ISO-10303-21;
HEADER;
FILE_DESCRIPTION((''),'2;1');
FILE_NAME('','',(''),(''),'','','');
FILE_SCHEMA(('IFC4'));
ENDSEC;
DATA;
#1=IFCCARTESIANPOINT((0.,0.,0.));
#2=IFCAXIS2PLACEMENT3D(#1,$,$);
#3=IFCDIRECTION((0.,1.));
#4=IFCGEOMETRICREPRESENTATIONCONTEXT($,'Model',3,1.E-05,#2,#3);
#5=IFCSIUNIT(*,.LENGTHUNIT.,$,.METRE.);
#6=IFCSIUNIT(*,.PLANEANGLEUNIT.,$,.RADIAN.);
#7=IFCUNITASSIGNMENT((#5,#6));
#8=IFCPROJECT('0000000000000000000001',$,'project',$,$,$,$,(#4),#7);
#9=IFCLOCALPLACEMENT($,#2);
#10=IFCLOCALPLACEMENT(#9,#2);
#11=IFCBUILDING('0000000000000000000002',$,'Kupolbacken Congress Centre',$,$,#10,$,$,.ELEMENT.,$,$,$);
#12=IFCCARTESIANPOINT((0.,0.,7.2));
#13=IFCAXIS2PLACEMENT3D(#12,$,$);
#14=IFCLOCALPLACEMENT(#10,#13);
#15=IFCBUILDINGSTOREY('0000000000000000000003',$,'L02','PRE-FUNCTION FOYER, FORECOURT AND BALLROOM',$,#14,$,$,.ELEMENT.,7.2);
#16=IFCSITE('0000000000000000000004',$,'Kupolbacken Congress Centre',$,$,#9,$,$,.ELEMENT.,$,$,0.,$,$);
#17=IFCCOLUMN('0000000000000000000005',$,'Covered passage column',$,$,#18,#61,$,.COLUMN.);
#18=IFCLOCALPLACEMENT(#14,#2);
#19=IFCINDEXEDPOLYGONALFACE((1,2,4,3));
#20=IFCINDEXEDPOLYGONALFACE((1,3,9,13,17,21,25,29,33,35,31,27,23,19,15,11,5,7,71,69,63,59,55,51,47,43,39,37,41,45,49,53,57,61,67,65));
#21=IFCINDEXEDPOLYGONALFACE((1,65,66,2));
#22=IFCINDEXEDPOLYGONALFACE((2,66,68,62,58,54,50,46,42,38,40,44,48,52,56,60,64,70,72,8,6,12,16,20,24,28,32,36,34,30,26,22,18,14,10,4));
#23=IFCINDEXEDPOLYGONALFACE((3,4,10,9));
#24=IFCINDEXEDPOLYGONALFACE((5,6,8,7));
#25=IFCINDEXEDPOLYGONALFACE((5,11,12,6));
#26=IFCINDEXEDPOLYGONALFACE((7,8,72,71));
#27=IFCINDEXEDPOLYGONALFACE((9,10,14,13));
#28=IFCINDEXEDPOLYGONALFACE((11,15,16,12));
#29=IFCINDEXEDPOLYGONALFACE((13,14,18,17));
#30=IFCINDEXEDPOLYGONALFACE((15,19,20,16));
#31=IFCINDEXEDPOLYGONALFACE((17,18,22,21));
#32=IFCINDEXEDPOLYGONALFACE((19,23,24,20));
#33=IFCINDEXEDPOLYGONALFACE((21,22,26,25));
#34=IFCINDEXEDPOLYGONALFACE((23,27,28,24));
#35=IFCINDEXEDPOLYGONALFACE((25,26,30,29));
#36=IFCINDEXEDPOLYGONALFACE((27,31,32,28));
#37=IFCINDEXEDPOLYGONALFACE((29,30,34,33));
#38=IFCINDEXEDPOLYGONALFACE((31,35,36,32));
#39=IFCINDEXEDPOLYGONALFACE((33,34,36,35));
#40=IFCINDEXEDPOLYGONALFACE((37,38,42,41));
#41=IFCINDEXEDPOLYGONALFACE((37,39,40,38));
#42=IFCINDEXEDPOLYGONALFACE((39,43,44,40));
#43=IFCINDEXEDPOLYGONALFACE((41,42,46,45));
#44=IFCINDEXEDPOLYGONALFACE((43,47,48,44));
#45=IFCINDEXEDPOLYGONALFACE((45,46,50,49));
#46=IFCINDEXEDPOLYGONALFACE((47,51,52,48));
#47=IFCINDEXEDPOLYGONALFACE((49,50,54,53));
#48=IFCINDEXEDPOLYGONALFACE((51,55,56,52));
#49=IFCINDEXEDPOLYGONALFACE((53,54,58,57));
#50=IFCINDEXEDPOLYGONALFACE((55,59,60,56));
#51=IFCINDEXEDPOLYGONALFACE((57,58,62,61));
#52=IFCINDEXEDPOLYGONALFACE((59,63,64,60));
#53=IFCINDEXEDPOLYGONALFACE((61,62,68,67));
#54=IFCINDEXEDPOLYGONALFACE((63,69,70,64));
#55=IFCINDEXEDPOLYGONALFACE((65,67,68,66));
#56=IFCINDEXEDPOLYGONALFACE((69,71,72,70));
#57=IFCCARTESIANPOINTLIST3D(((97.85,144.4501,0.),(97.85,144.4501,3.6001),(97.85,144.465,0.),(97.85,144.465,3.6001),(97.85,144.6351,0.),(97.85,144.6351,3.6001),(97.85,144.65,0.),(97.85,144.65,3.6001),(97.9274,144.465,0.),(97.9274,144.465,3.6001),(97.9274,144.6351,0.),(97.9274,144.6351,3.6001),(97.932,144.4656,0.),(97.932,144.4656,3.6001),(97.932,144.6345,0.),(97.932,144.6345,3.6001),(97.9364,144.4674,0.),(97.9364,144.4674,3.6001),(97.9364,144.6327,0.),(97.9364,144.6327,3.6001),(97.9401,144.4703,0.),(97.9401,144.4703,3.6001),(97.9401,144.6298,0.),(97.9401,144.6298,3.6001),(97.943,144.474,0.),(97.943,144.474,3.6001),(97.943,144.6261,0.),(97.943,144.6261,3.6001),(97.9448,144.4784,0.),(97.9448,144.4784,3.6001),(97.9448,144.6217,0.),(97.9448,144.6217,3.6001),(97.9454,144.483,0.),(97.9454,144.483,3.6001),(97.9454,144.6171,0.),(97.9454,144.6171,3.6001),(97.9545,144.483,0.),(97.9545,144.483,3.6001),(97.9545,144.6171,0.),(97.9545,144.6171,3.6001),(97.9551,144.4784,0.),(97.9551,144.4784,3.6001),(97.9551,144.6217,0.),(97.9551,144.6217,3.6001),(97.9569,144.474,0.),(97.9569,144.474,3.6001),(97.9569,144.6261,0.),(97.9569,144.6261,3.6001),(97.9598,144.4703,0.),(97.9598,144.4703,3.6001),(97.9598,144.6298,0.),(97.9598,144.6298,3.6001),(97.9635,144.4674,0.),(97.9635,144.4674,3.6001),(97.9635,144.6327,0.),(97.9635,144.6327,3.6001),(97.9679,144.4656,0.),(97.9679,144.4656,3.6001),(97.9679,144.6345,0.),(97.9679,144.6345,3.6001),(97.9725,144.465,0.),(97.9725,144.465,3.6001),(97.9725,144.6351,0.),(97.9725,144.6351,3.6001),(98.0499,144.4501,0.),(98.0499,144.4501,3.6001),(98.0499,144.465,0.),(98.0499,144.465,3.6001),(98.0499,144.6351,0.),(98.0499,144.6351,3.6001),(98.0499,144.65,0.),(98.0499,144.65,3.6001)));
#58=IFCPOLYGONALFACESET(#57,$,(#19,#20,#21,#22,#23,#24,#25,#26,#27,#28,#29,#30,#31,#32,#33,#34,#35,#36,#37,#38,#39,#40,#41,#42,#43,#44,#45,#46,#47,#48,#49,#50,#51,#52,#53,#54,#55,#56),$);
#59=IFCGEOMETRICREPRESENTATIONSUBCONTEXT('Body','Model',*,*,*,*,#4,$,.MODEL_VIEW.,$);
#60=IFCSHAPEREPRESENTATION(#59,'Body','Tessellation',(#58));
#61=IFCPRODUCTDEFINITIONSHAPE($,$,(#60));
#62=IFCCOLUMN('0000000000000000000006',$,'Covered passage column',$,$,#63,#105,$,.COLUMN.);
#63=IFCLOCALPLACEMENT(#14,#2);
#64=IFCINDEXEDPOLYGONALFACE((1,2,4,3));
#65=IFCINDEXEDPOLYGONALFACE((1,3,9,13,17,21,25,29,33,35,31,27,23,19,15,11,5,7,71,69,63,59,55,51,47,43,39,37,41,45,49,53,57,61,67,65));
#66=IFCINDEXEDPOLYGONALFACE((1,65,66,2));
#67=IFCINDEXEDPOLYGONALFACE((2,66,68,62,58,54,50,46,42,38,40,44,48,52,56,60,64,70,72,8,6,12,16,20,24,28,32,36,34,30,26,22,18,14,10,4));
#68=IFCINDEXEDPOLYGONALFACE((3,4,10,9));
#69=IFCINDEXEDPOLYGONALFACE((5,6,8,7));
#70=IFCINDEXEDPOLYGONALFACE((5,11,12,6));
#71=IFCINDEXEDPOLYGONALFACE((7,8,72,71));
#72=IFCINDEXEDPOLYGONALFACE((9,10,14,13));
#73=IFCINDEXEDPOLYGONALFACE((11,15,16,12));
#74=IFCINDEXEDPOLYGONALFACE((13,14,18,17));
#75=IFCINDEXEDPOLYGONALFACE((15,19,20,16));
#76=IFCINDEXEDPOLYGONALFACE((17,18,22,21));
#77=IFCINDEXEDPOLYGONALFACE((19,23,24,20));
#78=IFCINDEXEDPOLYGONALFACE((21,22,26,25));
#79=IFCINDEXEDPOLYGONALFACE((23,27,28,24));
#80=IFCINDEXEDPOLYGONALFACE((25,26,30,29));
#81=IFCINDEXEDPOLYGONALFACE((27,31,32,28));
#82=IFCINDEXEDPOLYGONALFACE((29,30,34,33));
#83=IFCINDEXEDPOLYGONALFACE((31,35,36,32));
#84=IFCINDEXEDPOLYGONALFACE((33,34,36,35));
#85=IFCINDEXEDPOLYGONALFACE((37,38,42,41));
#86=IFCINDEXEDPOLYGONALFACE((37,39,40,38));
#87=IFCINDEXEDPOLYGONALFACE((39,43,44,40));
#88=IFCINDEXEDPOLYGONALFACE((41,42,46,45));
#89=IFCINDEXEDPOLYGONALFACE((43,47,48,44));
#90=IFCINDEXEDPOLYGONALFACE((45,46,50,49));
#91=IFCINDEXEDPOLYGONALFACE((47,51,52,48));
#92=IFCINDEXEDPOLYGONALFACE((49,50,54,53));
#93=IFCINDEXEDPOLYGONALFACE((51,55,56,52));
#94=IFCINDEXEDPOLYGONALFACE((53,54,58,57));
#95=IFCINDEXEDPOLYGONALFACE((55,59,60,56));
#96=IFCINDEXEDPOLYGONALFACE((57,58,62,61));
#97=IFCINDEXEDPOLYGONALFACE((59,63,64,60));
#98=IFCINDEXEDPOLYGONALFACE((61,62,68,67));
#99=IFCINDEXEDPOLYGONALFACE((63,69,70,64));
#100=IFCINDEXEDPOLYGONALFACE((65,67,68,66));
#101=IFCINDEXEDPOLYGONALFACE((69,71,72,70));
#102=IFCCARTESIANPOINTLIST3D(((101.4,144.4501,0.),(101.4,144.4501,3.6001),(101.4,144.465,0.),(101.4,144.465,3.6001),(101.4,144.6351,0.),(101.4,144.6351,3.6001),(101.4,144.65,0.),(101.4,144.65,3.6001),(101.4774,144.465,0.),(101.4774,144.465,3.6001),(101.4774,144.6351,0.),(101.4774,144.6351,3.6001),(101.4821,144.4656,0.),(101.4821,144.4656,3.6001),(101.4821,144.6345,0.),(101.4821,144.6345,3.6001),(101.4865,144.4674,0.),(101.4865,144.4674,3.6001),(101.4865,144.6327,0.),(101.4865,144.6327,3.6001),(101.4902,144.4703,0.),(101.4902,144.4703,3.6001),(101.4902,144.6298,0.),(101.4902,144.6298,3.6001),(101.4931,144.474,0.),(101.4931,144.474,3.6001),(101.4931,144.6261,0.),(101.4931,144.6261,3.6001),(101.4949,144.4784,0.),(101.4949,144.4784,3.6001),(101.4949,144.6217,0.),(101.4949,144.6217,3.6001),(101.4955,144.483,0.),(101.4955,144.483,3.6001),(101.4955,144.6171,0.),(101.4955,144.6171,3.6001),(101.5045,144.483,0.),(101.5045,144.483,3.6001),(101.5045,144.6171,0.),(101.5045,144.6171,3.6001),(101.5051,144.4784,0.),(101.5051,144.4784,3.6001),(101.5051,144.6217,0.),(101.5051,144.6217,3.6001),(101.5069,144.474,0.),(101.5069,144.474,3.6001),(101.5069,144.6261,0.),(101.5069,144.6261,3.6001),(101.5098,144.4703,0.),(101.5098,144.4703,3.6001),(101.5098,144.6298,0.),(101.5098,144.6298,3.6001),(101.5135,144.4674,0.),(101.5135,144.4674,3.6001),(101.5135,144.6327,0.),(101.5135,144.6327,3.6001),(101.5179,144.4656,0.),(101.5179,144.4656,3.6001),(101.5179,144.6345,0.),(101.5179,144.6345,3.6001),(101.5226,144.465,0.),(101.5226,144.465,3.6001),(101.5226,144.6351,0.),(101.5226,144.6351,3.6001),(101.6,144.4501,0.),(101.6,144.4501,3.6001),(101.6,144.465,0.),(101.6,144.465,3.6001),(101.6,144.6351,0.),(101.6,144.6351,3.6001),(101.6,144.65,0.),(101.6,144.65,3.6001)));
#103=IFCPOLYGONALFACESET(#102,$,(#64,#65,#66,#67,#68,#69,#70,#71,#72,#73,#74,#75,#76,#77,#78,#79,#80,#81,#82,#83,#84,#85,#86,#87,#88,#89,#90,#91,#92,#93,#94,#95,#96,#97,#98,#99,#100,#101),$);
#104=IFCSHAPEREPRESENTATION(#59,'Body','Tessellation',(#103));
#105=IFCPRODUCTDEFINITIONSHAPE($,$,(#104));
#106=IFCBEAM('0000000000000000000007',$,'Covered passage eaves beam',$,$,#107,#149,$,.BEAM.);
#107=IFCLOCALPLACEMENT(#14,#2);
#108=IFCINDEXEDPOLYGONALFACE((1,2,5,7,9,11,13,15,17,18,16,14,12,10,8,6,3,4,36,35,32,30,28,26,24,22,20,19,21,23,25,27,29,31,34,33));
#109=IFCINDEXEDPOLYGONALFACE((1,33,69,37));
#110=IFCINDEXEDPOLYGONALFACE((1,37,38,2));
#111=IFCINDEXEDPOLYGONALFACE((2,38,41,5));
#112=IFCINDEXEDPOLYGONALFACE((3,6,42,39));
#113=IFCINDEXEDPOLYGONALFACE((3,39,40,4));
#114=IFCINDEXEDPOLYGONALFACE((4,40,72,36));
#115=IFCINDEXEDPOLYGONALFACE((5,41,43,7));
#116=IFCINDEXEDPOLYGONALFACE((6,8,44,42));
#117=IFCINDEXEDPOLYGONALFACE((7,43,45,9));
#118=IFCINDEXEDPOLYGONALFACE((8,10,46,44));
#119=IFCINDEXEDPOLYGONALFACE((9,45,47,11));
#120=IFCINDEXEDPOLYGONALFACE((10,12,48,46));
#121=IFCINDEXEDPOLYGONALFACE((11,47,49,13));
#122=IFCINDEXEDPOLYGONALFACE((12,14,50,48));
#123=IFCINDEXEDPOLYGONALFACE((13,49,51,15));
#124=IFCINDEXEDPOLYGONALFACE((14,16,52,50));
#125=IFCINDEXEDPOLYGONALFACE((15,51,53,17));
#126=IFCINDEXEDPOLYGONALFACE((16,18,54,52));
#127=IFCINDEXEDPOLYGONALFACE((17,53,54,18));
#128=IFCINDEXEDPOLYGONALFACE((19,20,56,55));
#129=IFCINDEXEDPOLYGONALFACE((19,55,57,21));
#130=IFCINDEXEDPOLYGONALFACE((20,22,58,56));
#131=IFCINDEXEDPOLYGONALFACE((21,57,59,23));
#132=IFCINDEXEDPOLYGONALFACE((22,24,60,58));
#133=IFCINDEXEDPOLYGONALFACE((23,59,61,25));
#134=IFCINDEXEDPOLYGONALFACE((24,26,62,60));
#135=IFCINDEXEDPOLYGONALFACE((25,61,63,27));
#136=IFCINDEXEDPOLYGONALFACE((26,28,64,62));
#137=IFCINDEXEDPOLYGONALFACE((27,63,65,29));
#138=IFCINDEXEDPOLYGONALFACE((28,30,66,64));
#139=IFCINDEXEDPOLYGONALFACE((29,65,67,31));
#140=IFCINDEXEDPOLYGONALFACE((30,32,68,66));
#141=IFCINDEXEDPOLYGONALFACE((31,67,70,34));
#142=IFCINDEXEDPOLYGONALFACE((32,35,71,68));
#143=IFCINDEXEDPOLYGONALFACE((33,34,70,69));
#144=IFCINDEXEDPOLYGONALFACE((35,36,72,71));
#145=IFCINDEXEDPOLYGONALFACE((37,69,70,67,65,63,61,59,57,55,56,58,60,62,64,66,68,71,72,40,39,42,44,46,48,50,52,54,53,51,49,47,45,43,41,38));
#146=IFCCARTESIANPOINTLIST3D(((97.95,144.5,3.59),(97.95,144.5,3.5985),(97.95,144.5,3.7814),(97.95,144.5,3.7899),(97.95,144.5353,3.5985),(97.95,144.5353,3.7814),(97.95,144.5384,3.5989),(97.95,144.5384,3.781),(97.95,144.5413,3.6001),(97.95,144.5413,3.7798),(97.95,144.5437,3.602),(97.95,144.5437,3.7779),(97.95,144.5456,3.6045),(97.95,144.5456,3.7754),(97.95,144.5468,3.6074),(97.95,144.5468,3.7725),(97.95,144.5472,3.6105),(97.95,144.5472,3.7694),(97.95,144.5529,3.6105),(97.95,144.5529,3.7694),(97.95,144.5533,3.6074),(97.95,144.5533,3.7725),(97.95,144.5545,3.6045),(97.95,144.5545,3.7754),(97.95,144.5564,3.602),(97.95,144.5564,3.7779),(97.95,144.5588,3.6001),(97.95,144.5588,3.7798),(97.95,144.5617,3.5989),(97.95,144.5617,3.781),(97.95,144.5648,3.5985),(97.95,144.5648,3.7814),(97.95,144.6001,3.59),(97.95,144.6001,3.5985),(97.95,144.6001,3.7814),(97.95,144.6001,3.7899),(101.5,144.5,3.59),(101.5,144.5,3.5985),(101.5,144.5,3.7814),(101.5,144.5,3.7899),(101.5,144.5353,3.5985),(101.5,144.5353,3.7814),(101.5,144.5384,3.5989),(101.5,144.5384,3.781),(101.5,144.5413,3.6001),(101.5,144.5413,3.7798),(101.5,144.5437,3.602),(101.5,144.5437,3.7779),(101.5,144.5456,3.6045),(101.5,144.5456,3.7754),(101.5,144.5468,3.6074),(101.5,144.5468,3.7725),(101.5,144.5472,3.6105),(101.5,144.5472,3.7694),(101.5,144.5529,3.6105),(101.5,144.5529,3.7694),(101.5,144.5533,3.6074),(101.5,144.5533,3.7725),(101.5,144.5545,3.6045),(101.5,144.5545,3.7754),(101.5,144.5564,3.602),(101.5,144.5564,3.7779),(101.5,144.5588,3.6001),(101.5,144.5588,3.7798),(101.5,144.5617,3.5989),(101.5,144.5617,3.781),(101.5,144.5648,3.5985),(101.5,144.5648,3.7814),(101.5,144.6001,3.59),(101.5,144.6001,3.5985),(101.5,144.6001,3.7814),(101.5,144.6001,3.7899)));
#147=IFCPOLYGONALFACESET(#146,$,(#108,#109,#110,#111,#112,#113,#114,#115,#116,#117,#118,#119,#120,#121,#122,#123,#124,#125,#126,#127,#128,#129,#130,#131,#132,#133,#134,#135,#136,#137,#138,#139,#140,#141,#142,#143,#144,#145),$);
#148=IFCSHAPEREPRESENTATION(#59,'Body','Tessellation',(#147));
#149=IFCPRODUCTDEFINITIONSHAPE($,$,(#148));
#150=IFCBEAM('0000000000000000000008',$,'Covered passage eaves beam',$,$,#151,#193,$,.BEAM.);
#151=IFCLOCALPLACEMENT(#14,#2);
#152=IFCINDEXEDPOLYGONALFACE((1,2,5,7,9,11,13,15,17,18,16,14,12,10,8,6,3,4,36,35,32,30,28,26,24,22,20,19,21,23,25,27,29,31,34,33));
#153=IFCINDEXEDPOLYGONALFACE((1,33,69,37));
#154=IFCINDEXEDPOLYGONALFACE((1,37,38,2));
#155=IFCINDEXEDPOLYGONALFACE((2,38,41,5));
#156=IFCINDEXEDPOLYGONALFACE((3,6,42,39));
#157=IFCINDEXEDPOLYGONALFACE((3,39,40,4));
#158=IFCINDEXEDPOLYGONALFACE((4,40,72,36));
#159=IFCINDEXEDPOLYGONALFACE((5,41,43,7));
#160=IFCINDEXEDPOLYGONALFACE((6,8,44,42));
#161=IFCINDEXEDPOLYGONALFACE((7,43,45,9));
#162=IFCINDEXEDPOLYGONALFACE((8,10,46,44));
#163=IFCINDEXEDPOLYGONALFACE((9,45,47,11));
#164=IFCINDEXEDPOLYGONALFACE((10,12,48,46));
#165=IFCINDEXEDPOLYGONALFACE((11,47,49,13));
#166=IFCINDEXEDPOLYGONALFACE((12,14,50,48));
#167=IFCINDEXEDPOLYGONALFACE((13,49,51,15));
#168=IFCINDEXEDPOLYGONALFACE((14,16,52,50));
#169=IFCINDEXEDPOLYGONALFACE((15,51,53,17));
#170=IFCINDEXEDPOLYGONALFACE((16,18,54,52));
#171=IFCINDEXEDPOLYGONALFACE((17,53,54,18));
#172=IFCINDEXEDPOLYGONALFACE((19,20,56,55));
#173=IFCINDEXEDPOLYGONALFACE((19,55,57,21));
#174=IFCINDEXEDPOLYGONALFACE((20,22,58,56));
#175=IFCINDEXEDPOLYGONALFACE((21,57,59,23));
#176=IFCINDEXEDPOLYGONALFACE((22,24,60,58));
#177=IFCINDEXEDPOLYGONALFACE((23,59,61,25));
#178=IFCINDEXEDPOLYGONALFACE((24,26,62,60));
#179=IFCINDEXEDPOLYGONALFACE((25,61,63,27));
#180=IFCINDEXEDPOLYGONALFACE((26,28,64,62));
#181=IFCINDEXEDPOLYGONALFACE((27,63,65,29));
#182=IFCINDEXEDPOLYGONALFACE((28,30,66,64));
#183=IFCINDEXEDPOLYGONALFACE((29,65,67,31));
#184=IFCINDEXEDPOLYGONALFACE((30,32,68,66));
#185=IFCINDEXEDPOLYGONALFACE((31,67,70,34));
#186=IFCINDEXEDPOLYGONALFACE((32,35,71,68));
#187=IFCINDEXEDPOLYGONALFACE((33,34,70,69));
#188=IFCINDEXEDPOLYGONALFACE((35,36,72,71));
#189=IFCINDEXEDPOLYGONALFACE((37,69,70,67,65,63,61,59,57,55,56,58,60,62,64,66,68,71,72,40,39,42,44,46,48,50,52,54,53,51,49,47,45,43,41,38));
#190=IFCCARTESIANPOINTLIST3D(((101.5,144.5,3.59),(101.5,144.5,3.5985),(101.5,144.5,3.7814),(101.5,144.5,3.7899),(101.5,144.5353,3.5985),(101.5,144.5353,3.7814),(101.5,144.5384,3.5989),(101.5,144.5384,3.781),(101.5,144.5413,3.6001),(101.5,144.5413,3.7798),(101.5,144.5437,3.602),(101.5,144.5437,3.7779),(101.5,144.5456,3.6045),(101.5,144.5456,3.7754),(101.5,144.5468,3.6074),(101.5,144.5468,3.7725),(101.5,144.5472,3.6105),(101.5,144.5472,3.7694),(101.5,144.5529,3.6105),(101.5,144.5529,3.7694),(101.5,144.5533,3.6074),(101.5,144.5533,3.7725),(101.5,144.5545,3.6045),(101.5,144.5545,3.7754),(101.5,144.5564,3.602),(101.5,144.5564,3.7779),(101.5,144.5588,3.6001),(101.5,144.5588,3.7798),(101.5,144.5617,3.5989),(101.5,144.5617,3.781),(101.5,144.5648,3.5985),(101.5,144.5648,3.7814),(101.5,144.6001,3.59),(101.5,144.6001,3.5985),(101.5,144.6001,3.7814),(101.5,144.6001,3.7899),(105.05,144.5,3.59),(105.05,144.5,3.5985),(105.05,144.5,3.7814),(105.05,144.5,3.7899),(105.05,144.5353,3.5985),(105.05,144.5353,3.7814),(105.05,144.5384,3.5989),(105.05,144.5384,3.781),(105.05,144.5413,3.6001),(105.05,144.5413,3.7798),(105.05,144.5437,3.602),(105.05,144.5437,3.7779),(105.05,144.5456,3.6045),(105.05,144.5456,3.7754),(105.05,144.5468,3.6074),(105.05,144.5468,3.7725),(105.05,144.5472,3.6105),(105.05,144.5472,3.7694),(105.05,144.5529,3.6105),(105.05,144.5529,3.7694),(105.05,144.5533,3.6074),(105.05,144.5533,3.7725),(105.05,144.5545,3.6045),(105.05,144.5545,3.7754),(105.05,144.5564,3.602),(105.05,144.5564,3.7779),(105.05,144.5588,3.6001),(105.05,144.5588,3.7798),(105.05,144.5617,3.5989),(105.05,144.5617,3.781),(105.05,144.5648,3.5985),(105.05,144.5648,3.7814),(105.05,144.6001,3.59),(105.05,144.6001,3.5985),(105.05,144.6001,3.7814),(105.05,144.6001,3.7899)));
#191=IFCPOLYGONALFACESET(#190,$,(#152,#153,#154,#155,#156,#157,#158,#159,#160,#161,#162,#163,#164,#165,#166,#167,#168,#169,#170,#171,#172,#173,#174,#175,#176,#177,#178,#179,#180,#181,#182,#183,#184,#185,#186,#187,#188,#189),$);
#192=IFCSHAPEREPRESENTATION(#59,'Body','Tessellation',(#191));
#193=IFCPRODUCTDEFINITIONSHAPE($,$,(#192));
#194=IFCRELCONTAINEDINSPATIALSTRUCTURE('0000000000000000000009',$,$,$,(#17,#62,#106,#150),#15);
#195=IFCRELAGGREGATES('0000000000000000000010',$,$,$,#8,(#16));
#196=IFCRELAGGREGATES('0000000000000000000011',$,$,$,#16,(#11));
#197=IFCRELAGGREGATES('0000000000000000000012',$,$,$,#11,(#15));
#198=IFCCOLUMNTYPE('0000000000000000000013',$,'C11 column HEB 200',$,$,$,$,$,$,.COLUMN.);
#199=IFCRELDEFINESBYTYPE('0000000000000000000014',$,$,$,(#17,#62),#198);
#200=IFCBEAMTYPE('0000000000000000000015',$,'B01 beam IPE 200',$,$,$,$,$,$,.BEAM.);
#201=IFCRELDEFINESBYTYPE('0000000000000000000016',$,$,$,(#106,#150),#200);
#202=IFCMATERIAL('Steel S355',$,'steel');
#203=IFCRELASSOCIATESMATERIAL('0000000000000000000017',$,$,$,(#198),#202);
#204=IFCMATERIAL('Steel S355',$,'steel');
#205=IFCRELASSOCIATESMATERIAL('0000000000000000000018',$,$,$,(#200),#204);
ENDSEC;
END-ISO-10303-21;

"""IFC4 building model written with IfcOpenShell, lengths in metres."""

from ifc_helpers import new_model, si_unit, direction, frame, origin, origin_2d, place, context, subcontext, project, spatial, i_section, extrude, material, material_profile, profile_set, type_object, element, save


model = new_model("IFC4")

# Units and contexts
model_context = context("Model", 3, precision=1e-05, world=origin(), true_north=direction((0.0, 1.0)))
body_context = subcontext(model_context, "Body", "Model", "MODEL_VIEW")
ifc_project = project(units=[si_unit("LENGTHUNIT", "METRE"), si_unit("PLANEANGLEUNIT", "RADIAN")], contexts=[model_context])

# Site, building, storey
site_placement = place(None, origin())
site = spatial("IfcSite", under=ifc_project, at=site_placement, Name="Kupolbacken Congress Centre", CompositionType="ELEMENT", RefElevation=0.0)
building_placement = place(site_placement, origin())
building = spatial("IfcBuilding", under=site, at=building_placement, Name="Kupolbacken Congress Centre", CompositionType="ELEMENT")
storey_placement = place(building_placement, frame((0.0, 0.0, 7.2)))
storey = spatial("IfcBuildingStorey", under=building, at=storey_placement, Name="L02", Description="PRE-FUNCTION FOYER, FORECOURT AND BALLROOM", CompositionType="ELEMENT", Elevation=7.2)

# Columns
ifc_material_1 = material(Name="Steel S355", Category="steel")
ifc_material_profile_1 = material_profile(ifc_material_1, i_section(OverallWidth=0.2, OverallDepth=0.2, WebThickness=0.009, FlangeThickness=0.0149, FilletRadius=0.0181, at=origin_2d()), Name="HEB 200")
ifc_profile_set_1 = profile_set([ifc_material_profile_1], Name="Steel S355")
column_type = type_object("IfcColumnType", Name="C11 column HEB 200", PredefinedType="COLUMN", material=ifc_profile_set_1)
for number, where, z_axis, x_axis, name in (
    (1, (97.95, 144.55, 0.0), (0.0, 0.0, 1.0), (1.0, 0.0, 0.0), "Covered passage column"),
    (2, (101.5, 144.55, 0.0), (0.0, 0.0, 1.0), (1.0, 0.0, 0.0), "Covered passage column"),
):
    element("IfcColumn", number, at=place(storey_placement, frame(where, z_axis=z_axis, x_axis=x_axis)), inside=storey, type_object=column_type, Name=name, PredefinedType="COLUMN", context=body_context, shape_type="SweptSolid", body=[
        extrude(i_section(OverallWidth=0.2, OverallDepth=0.2, WebThickness=0.009, FlangeThickness=0.0149, FilletRadius=0.0181, at=origin_2d()), origin(), (0.0, 0.0, 1.0), 3.6001),
    ])

# Beams
ifc_material_2 = material(Name="Steel S355", Category="steel")
ifc_material_profile_2 = material_profile(ifc_material_2, i_section(OverallWidth=0.1001, OverallDepth=0.2, WebThickness=0.0056, FlangeThickness=0.0085, FilletRadius=0.012, at=origin_2d()), Name="IPE 200")
ifc_profile_set_2 = profile_set([ifc_material_profile_2], Name="Steel S355")
beam_type = type_object("IfcBeamType", Name="B01 beam IPE 200", PredefinedType="BEAM", material=ifc_profile_set_2)
for number, where, z_axis, x_axis, name in (
    (3, (97.95, 144.55, 3.6899), (1.0, 0.0, 0.0), (0.0, 1.0, 0.0), "Covered passage eaves beam"),
    (4, (101.5, 144.55, 3.6899), (1.0, 0.0, 0.0), (0.0, 1.0, 0.0), "Covered passage eaves beam"),
):
    element("IfcBeam", number, at=place(storey_placement, frame(where, z_axis=z_axis, x_axis=x_axis)), inside=storey, type_object=beam_type, Name=name, PredefinedType="BEAM", context=body_context, shape_type="SweptSolid", body=[
        extrude(i_section(OverallWidth=0.1001, OverallDepth=0.2, WebThickness=0.0056, FlangeThickness=0.0085, FilletRadius=0.012, at=origin_2d()), origin(), (0.0, 0.0, 1.0), 3.55),
    ])

save(model, "model.ifc")
